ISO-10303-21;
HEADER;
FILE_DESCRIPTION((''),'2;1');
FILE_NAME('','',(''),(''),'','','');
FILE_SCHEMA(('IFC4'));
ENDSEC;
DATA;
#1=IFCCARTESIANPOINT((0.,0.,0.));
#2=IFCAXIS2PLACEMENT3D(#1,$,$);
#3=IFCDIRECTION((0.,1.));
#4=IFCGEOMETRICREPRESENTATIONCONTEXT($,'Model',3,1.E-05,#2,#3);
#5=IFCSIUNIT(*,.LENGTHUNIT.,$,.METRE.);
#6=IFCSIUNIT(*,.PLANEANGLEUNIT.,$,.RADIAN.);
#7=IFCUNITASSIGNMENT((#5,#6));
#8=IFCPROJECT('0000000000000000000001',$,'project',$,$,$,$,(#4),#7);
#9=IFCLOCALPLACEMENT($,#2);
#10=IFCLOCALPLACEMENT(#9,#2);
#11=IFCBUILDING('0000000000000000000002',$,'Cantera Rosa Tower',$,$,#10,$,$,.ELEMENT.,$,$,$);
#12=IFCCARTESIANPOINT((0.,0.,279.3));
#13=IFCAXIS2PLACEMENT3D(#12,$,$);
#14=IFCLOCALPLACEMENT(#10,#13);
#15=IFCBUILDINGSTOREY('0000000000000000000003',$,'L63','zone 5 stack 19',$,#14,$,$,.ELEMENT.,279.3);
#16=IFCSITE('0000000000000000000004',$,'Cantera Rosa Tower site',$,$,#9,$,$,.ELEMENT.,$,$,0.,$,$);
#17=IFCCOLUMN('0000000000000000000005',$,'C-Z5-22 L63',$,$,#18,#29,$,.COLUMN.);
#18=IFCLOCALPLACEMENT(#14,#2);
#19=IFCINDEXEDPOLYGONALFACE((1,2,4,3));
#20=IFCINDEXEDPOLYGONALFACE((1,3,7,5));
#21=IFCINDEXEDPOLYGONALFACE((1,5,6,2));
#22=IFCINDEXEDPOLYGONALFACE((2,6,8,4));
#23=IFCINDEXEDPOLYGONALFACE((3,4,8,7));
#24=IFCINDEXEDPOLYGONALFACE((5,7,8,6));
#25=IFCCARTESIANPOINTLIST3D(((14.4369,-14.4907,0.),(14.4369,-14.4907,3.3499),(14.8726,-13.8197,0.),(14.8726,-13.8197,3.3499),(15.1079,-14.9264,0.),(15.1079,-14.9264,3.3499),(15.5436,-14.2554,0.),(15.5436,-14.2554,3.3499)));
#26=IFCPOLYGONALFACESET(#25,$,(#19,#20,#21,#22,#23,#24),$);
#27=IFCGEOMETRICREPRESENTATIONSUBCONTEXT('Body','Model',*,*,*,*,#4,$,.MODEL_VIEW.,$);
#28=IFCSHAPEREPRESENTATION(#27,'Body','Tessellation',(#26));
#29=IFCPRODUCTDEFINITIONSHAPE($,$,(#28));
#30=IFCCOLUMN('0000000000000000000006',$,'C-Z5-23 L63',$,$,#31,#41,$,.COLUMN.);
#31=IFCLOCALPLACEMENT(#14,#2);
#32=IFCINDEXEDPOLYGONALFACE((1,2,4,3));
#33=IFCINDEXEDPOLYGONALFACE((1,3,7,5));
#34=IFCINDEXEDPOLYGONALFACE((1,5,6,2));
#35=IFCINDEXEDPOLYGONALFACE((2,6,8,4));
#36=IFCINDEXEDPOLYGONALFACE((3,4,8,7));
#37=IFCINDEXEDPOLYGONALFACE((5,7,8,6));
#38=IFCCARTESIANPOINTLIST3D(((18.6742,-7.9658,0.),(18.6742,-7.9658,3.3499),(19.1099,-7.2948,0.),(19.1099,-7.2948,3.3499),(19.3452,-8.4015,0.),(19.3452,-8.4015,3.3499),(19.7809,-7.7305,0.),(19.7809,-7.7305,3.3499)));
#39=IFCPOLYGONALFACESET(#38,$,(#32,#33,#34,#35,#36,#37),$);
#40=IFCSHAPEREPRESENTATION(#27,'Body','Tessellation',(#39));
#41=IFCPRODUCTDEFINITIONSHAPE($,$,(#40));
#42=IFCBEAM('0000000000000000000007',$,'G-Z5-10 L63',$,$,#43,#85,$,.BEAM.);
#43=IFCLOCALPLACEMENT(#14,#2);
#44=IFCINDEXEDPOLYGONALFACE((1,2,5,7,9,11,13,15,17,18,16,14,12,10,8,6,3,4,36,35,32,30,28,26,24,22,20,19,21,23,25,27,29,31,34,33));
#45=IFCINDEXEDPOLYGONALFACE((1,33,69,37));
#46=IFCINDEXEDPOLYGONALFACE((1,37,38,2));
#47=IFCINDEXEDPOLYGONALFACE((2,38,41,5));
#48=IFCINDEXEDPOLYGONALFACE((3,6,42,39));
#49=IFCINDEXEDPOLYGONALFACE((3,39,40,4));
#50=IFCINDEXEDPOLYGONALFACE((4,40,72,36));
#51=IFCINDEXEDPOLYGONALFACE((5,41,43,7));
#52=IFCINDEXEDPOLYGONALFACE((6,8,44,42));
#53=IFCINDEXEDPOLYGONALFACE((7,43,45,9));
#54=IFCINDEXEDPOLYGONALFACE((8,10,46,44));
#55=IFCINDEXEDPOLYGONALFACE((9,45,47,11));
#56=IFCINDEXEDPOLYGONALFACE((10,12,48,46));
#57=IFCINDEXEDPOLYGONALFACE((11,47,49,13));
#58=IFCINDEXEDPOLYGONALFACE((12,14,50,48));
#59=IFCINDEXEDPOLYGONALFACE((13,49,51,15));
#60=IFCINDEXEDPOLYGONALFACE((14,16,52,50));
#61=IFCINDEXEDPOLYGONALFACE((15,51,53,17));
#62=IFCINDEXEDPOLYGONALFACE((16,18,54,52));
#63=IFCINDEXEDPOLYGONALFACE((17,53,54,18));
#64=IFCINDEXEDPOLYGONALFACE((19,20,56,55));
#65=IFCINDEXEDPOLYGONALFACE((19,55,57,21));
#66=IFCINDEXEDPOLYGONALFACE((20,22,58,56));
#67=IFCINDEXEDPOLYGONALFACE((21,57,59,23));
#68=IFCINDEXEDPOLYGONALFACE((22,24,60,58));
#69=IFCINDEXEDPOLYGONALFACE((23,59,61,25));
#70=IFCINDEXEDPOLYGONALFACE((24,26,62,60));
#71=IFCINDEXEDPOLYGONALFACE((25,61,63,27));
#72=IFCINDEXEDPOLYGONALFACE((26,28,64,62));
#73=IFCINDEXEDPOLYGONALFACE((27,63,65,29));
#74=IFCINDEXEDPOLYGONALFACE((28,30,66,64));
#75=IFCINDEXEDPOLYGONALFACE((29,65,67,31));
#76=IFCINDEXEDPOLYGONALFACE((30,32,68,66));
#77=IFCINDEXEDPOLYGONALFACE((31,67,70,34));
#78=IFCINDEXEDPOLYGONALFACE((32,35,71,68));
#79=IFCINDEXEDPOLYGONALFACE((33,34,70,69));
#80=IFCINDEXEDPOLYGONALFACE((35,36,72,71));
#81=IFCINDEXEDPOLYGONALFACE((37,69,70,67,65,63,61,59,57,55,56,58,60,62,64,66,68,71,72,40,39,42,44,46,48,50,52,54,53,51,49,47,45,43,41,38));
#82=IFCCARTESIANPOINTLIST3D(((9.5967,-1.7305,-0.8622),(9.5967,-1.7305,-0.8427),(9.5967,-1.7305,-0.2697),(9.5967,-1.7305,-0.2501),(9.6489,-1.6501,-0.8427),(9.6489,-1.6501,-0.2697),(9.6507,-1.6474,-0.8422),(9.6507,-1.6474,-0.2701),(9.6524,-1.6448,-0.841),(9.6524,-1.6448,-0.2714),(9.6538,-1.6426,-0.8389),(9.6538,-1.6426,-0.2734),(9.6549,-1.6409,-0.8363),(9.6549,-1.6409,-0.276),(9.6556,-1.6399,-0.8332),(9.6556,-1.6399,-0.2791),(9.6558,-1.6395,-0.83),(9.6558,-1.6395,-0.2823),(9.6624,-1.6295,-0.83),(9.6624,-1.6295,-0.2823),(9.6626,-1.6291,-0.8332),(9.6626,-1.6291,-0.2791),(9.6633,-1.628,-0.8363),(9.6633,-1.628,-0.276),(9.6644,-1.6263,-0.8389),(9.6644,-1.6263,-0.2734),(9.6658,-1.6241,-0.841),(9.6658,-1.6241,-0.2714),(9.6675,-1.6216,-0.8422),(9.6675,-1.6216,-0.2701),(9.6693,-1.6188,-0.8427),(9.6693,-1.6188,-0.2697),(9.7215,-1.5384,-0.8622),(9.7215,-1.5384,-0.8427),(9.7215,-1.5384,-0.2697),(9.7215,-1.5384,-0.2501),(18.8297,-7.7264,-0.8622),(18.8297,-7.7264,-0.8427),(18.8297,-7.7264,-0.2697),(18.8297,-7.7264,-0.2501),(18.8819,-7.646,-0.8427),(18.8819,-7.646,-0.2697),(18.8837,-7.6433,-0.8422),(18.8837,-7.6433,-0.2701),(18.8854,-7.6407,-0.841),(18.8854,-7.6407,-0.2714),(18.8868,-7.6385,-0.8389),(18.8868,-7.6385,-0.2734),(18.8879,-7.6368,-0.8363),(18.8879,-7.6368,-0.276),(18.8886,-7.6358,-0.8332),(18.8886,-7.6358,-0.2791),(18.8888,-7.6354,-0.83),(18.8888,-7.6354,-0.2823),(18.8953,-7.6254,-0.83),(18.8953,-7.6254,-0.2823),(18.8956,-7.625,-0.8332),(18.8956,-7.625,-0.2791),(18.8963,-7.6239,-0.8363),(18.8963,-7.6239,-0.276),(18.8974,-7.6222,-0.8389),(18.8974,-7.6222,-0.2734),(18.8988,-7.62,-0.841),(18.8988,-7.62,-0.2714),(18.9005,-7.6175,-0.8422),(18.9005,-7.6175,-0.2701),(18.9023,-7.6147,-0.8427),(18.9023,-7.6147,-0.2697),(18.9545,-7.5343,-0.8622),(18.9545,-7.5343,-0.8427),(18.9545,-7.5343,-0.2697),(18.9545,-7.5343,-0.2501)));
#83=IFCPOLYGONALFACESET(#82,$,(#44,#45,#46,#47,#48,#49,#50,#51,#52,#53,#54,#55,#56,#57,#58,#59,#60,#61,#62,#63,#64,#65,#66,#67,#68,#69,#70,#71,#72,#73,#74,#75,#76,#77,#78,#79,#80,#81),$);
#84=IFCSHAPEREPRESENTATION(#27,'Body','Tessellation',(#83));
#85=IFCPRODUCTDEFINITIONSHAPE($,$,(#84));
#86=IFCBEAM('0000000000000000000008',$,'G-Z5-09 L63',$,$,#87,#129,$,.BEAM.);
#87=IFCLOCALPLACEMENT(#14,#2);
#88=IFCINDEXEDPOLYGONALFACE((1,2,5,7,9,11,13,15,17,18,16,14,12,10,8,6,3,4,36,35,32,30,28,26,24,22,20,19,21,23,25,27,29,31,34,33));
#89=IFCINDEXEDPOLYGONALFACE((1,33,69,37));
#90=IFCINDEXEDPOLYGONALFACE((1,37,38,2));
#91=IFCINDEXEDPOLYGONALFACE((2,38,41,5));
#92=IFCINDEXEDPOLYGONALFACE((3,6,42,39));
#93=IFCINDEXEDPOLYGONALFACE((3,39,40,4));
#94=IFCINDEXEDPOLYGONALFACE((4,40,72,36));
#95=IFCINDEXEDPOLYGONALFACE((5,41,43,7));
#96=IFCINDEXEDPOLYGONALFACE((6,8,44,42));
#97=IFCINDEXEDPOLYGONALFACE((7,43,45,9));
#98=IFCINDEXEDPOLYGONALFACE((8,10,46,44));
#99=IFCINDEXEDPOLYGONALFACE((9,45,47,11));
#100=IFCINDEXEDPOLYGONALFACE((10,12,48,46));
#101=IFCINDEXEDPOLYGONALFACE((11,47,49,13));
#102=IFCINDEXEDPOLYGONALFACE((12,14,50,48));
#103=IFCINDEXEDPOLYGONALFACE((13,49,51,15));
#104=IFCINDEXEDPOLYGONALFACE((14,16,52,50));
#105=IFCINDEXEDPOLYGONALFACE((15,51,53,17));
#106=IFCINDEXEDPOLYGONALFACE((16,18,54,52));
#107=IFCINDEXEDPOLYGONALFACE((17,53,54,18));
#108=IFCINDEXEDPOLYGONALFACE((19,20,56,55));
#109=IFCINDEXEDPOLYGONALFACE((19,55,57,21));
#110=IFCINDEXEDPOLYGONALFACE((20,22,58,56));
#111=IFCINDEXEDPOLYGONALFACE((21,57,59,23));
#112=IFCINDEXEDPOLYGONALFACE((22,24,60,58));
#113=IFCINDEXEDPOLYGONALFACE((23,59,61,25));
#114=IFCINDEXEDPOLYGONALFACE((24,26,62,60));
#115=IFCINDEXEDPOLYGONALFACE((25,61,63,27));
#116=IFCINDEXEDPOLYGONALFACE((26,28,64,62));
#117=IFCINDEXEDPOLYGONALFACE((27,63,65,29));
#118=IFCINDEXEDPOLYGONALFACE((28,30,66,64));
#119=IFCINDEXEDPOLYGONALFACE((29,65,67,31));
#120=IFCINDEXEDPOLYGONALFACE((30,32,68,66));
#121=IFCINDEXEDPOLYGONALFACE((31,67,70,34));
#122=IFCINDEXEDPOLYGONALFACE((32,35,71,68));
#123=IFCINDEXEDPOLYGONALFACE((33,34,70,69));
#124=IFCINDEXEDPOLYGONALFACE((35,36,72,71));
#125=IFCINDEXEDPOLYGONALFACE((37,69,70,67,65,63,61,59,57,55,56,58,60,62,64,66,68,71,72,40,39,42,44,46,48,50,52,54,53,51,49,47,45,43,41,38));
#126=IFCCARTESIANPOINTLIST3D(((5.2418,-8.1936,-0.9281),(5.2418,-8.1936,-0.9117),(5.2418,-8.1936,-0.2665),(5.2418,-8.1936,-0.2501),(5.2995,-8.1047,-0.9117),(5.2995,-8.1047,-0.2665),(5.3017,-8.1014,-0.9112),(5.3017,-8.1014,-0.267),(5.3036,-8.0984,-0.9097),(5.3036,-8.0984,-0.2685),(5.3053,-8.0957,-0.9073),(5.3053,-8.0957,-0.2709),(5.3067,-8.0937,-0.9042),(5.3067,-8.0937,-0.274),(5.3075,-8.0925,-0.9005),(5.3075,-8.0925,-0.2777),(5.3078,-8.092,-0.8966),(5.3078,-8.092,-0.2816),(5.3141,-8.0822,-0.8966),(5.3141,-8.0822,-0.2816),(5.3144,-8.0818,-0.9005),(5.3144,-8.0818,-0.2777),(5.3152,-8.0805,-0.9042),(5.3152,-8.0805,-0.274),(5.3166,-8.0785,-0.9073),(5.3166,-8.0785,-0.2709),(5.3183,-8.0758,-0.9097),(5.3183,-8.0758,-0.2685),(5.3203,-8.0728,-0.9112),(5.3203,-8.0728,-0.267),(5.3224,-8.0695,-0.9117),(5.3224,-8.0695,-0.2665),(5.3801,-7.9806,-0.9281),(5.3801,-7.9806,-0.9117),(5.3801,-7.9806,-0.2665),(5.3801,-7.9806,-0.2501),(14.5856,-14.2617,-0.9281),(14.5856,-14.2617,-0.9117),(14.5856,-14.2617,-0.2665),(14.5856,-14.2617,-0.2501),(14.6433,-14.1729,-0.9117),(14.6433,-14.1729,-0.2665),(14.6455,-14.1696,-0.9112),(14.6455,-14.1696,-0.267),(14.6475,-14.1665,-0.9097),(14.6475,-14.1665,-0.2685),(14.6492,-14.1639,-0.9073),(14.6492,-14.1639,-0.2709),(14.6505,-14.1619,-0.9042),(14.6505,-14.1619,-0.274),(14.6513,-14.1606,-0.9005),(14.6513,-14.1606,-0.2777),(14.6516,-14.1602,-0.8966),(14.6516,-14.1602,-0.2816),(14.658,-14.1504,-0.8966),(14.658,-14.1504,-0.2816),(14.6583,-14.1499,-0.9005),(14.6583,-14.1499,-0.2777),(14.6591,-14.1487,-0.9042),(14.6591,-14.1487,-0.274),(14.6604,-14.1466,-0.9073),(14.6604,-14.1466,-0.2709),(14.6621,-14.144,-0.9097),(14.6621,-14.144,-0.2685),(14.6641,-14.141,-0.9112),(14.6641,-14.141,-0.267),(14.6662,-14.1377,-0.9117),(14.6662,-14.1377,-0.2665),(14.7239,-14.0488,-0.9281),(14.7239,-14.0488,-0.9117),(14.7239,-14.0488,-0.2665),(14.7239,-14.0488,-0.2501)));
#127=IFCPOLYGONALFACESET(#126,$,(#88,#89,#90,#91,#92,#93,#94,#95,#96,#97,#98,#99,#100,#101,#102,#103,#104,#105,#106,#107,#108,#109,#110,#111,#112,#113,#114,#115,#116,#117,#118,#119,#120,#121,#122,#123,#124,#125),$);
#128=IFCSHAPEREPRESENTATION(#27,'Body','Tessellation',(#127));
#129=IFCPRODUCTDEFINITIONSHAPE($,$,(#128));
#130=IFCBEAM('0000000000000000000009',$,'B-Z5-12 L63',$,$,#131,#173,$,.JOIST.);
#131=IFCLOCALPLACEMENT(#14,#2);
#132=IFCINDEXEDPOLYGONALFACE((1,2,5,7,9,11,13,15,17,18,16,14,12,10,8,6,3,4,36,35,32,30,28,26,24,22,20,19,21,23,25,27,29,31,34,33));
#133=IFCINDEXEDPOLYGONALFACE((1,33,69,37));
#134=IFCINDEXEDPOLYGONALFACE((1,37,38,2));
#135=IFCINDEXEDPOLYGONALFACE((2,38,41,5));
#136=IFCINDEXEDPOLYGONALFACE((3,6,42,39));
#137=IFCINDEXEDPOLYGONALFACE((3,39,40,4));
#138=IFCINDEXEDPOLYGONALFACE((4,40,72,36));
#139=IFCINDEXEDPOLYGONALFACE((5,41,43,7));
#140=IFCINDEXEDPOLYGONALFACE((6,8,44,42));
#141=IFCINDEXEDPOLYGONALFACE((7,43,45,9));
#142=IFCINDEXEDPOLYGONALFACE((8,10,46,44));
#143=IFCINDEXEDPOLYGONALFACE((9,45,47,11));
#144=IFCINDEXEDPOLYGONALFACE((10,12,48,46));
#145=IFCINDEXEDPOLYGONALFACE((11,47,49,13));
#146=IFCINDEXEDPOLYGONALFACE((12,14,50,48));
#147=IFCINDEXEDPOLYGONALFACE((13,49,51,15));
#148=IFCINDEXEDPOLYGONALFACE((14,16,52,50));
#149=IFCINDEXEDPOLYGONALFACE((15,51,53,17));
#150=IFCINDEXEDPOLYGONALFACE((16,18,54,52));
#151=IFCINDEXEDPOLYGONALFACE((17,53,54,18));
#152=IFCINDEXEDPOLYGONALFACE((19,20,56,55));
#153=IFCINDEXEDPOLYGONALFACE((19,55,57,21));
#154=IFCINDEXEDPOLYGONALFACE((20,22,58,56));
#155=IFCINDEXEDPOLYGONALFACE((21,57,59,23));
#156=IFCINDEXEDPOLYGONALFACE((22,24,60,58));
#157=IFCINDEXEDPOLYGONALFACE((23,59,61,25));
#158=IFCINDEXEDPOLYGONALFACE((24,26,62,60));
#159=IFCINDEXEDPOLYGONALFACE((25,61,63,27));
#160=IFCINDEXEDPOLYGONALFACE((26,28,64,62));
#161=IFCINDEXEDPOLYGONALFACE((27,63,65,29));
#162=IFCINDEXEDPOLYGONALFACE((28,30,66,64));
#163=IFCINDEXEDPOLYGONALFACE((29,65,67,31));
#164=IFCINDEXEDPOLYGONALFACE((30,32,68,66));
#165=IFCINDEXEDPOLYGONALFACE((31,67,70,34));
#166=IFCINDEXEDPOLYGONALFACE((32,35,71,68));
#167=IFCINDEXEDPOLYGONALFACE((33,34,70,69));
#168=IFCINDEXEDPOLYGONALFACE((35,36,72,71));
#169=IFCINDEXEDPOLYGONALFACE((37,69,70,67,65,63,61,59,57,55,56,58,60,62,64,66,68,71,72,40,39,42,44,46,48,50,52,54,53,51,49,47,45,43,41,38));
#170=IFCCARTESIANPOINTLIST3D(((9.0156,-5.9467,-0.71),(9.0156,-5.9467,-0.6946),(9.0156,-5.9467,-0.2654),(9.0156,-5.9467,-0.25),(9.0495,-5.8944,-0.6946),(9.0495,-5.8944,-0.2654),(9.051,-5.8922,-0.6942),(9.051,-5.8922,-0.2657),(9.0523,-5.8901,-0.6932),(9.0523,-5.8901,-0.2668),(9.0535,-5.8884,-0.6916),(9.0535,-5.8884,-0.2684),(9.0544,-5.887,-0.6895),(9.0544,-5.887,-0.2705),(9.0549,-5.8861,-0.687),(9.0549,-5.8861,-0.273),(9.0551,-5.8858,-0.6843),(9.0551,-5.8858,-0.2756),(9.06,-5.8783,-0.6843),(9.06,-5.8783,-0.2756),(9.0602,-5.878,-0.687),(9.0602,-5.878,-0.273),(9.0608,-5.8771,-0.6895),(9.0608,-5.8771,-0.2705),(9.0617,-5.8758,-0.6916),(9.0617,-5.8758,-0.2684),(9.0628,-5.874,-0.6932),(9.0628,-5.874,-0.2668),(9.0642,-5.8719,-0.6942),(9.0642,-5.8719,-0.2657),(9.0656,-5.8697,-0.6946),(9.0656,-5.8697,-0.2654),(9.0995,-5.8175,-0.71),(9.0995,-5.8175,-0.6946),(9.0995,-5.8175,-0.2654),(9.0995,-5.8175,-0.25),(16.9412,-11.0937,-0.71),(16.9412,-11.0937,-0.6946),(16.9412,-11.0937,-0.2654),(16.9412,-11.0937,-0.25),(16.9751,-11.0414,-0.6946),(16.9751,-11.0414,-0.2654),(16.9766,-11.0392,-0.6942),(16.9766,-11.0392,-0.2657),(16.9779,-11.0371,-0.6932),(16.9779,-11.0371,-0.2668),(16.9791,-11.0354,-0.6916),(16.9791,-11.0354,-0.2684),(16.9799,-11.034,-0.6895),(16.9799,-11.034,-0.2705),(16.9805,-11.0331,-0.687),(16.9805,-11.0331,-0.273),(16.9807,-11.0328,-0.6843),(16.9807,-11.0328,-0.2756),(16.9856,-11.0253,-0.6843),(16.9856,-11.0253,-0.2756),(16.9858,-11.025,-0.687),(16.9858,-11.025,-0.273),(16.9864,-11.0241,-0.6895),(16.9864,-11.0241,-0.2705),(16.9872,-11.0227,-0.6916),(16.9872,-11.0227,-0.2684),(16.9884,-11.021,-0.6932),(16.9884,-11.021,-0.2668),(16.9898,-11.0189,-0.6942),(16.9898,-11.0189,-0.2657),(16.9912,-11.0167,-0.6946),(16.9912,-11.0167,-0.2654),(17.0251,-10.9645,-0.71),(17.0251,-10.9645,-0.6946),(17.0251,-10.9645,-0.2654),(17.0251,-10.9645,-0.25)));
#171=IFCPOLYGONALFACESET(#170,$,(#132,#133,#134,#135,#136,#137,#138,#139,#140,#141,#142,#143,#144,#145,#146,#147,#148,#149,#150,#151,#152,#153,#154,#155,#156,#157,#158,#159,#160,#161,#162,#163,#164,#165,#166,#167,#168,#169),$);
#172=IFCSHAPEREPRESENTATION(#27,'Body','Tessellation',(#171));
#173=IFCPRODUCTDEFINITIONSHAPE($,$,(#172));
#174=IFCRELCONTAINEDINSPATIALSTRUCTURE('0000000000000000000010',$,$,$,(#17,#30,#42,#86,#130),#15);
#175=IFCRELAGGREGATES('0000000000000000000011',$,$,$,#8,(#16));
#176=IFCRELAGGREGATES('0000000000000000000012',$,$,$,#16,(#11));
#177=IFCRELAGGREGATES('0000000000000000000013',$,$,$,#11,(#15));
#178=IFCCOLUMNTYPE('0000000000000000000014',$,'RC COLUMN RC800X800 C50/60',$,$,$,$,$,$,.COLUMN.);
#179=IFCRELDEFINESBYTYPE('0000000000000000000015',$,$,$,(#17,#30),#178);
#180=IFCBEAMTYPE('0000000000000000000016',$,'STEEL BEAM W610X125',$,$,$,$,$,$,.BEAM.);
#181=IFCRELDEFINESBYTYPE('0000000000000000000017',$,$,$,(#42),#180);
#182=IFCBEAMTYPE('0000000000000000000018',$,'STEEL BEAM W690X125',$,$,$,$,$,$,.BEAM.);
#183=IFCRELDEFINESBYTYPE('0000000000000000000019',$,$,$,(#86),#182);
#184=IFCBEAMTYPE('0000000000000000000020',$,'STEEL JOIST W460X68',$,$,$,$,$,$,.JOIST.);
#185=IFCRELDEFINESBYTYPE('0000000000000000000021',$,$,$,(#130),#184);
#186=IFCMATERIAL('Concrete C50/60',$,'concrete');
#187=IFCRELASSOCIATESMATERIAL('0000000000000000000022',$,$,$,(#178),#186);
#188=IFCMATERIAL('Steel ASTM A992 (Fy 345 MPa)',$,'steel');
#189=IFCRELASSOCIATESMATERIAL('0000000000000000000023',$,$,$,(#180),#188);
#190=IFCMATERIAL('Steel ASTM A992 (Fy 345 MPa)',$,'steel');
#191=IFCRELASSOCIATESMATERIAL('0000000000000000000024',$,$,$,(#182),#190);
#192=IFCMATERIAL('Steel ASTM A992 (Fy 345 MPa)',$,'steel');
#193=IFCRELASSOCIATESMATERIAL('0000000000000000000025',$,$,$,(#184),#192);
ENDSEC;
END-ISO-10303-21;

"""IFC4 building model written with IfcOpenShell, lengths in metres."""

from ifc_helpers import new_model, si_unit, direction, frame, origin, origin_2d, place, context, subcontext, project, spatial, rectangle, i_section, extrude, material, material_profile, profile_set, type_object, element, save


model = new_model("IFC4")

# Units and contexts
model_context = context("Model", 3, precision=1e-05, world=origin(), true_north=direction((0.0, 1.0)))
body_context = subcontext(model_context, "Body", "Model", "MODEL_VIEW")
ifc_project = project(units=[si_unit("LENGTHUNIT", "METRE"), si_unit("PLANEANGLEUNIT", "RADIAN")], contexts=[model_context])

# Site, building, storey
site_placement = place(None, origin())
site = spatial("IfcSite", under=ifc_project, at=site_placement, Name="Cantera Rosa Tower site", CompositionType="ELEMENT", RefElevation=0.0)
building_placement = place(site_placement, origin())
building = spatial("IfcBuilding", under=site, at=building_placement, Name="Cantera Rosa Tower", CompositionType="ELEMENT")
storey_placement = place(building_placement, frame((0.0, 0.0, 279.3)))
storey = spatial("IfcBuildingStorey", under=building, at=storey_placement, Name="L63", Description="zone 5 stack 19", CompositionType="ELEMENT", Elevation=279.3)

# Columns
ifc_material_1 = material(Name="Concrete C50/60", Category="concrete")
ifc_material_profile_1 = material_profile(ifc_material_1, rectangle(XDim=0.8, YDim=0.8, at=origin_2d()), Name="RC COLUMN RC800X800 C50/60")
ifc_profile_set_1 = profile_set([ifc_material_profile_1], Name="Concrete C50/60")
column_type = type_object("IfcColumnType", Name="RC COLUMN RC800X800 C50/60", PredefinedType="COLUMN", material=ifc_profile_set_1)
for number, where, z_axis, x_axis, name in (
    (1, (14.9902, -14.373, 0.0), (0.0, 0.0, 1.0), (0.544639, 0.838671, 0.0), "C-Z5-22 L63"),
    (2, (19.2275, -7.8481, 0.0), (0.0, 0.0, 1.0), (0.544639, 0.838671, 0.0), "C-Z5-23 L63"),
):
    element("IfcColumn", number, at=place(storey_placement, frame(where, z_axis=z_axis, x_axis=x_axis)), inside=storey, type_object=column_type, Name=name, PredefinedType="COLUMN", context=body_context, shape_type="SweptSolid", body=[
        extrude(rectangle(XDim=0.8, YDim=0.8, at=origin_2d()), origin(), (0.0, 0.0, 1.0), 3.3499),
    ])

# Beams
ifc_material_2 = material(Name="Steel ASTM A992 (Fy 345 MPa)", Category="steel")
ifc_material_profile_2 = material_profile(ifc_material_2, i_section(OverallWidth=0.229, OverallDepth=0.6121, WebThickness=0.012, FlangeThickness=0.0195, FilletRadius=0.0127, at=origin_2d()), Name="W610X125")
ifc_profile_set_2 = profile_set([ifc_material_profile_2], Name="Steel ASTM A992 (Fy 345 MPa)")
beam_type_1 = type_object("IfcBeamType", Name="STEEL BEAM W610X125", PredefinedType="BEAM", material=ifc_profile_set_2)
beam_1_placement = place(storey_placement, frame((18.8921, -7.6304, -0.5562), z_axis=(-0.838674, 0.544634, 0.0), x_axis=(-0.544634, -0.838674, 0.0)))
element("IfcBeam", 3, at=beam_1_placement, inside=storey, type_object=beam_type_1, Name="G-Z5-10 L63", PredefinedType="BEAM", context=body_context, shape_type="SweptSolid", body=[
    extrude(i_section(OverallWidth=0.229, OverallDepth=0.6121, WebThickness=0.012, FlangeThickness=0.0195, FilletRadius=0.0127, at=origin_2d()), origin(), (0.0, 0.0, 1.0), 11.009),
])
ifc_material_3 = material(Name="Steel ASTM A992 (Fy 345 MPa)", Category="steel")
ifc_material_profile_3 = material_profile(ifc_material_3, i_section(OverallWidth=0.2539, OverallDepth=0.678, WebThickness=0.0117, FlangeThickness=0.0164, FilletRadius=0.0151, at=origin_2d()), Name="W690X125")
ifc_profile_set_3 = profile_set([ifc_material_profile_3], Name="Steel ASTM A992 (Fy 345 MPa)")
beam_type_2 = type_object("IfcBeamType", Name="STEEL BEAM W690X125", PredefinedType="BEAM", material=ifc_profile_set_3)
beam_2_placement = place(storey_placement, frame((14.6548, -14.1553, -0.5891), z_axis=(-0.838662, 0.544652, 0.0), x_axis=(-0.544652, -0.838662, 0.0)))
element("IfcBeam", 4, at=beam_2_placement, inside=storey, type_object=beam_type_2, Name="G-Z5-09 L63", PredefinedType="BEAM", context=body_context, shape_type="SweptSolid", body=[
    extrude(i_section(OverallWidth=0.2539, OverallDepth=0.678, WebThickness=0.0117, FlangeThickness=0.0164, FilletRadius=0.0151, at=origin_2d()), origin(), (0.0, 0.0, 1.0), 11.1414),
])
ifc_material_4 = material(Name="Steel ASTM A992 (Fy 345 MPa)", Category="steel")
ifc_material_profile_4 = material_profile(ifc_material_4, i_section(OverallWidth=0.1541, OverallDepth=0.46, WebThickness=0.009, FlangeThickness=0.0154, FilletRadius=0.0103, at=origin_2d()), Name="W460X68")
ifc_profile_set_4 = profile_set([ifc_material_profile_4], Name="Steel ASTM A992 (Fy 345 MPa)")
beam_type_3 = type_object("IfcBeamType", Name="STEEL JOIST W460X68", PredefinedType="JOIST", material=ifc_profile_set_4)
beam_3_placement = place(storey_placement, frame((16.9832, -11.0291, -0.48), z_axis=(-0.838667, 0.544644, 0.0), x_axis=(-0.544644, -0.838667, 0.0)))
element("IfcBeam", 5, at=beam_3_placement, inside=storey, type_object=beam_type_3, Name="B-Z5-12 L63", PredefinedType="JOIST", context=body_context, shape_type="SweptSolid", body=[
    extrude(i_section(OverallWidth=0.1541, OverallDepth=0.46, WebThickness=0.009, FlangeThickness=0.0154, FilletRadius=0.0103, at=origin_2d()), origin(), (0.0, 0.0, 1.0), 9.4502),
])

save(model, "model.ifc")
